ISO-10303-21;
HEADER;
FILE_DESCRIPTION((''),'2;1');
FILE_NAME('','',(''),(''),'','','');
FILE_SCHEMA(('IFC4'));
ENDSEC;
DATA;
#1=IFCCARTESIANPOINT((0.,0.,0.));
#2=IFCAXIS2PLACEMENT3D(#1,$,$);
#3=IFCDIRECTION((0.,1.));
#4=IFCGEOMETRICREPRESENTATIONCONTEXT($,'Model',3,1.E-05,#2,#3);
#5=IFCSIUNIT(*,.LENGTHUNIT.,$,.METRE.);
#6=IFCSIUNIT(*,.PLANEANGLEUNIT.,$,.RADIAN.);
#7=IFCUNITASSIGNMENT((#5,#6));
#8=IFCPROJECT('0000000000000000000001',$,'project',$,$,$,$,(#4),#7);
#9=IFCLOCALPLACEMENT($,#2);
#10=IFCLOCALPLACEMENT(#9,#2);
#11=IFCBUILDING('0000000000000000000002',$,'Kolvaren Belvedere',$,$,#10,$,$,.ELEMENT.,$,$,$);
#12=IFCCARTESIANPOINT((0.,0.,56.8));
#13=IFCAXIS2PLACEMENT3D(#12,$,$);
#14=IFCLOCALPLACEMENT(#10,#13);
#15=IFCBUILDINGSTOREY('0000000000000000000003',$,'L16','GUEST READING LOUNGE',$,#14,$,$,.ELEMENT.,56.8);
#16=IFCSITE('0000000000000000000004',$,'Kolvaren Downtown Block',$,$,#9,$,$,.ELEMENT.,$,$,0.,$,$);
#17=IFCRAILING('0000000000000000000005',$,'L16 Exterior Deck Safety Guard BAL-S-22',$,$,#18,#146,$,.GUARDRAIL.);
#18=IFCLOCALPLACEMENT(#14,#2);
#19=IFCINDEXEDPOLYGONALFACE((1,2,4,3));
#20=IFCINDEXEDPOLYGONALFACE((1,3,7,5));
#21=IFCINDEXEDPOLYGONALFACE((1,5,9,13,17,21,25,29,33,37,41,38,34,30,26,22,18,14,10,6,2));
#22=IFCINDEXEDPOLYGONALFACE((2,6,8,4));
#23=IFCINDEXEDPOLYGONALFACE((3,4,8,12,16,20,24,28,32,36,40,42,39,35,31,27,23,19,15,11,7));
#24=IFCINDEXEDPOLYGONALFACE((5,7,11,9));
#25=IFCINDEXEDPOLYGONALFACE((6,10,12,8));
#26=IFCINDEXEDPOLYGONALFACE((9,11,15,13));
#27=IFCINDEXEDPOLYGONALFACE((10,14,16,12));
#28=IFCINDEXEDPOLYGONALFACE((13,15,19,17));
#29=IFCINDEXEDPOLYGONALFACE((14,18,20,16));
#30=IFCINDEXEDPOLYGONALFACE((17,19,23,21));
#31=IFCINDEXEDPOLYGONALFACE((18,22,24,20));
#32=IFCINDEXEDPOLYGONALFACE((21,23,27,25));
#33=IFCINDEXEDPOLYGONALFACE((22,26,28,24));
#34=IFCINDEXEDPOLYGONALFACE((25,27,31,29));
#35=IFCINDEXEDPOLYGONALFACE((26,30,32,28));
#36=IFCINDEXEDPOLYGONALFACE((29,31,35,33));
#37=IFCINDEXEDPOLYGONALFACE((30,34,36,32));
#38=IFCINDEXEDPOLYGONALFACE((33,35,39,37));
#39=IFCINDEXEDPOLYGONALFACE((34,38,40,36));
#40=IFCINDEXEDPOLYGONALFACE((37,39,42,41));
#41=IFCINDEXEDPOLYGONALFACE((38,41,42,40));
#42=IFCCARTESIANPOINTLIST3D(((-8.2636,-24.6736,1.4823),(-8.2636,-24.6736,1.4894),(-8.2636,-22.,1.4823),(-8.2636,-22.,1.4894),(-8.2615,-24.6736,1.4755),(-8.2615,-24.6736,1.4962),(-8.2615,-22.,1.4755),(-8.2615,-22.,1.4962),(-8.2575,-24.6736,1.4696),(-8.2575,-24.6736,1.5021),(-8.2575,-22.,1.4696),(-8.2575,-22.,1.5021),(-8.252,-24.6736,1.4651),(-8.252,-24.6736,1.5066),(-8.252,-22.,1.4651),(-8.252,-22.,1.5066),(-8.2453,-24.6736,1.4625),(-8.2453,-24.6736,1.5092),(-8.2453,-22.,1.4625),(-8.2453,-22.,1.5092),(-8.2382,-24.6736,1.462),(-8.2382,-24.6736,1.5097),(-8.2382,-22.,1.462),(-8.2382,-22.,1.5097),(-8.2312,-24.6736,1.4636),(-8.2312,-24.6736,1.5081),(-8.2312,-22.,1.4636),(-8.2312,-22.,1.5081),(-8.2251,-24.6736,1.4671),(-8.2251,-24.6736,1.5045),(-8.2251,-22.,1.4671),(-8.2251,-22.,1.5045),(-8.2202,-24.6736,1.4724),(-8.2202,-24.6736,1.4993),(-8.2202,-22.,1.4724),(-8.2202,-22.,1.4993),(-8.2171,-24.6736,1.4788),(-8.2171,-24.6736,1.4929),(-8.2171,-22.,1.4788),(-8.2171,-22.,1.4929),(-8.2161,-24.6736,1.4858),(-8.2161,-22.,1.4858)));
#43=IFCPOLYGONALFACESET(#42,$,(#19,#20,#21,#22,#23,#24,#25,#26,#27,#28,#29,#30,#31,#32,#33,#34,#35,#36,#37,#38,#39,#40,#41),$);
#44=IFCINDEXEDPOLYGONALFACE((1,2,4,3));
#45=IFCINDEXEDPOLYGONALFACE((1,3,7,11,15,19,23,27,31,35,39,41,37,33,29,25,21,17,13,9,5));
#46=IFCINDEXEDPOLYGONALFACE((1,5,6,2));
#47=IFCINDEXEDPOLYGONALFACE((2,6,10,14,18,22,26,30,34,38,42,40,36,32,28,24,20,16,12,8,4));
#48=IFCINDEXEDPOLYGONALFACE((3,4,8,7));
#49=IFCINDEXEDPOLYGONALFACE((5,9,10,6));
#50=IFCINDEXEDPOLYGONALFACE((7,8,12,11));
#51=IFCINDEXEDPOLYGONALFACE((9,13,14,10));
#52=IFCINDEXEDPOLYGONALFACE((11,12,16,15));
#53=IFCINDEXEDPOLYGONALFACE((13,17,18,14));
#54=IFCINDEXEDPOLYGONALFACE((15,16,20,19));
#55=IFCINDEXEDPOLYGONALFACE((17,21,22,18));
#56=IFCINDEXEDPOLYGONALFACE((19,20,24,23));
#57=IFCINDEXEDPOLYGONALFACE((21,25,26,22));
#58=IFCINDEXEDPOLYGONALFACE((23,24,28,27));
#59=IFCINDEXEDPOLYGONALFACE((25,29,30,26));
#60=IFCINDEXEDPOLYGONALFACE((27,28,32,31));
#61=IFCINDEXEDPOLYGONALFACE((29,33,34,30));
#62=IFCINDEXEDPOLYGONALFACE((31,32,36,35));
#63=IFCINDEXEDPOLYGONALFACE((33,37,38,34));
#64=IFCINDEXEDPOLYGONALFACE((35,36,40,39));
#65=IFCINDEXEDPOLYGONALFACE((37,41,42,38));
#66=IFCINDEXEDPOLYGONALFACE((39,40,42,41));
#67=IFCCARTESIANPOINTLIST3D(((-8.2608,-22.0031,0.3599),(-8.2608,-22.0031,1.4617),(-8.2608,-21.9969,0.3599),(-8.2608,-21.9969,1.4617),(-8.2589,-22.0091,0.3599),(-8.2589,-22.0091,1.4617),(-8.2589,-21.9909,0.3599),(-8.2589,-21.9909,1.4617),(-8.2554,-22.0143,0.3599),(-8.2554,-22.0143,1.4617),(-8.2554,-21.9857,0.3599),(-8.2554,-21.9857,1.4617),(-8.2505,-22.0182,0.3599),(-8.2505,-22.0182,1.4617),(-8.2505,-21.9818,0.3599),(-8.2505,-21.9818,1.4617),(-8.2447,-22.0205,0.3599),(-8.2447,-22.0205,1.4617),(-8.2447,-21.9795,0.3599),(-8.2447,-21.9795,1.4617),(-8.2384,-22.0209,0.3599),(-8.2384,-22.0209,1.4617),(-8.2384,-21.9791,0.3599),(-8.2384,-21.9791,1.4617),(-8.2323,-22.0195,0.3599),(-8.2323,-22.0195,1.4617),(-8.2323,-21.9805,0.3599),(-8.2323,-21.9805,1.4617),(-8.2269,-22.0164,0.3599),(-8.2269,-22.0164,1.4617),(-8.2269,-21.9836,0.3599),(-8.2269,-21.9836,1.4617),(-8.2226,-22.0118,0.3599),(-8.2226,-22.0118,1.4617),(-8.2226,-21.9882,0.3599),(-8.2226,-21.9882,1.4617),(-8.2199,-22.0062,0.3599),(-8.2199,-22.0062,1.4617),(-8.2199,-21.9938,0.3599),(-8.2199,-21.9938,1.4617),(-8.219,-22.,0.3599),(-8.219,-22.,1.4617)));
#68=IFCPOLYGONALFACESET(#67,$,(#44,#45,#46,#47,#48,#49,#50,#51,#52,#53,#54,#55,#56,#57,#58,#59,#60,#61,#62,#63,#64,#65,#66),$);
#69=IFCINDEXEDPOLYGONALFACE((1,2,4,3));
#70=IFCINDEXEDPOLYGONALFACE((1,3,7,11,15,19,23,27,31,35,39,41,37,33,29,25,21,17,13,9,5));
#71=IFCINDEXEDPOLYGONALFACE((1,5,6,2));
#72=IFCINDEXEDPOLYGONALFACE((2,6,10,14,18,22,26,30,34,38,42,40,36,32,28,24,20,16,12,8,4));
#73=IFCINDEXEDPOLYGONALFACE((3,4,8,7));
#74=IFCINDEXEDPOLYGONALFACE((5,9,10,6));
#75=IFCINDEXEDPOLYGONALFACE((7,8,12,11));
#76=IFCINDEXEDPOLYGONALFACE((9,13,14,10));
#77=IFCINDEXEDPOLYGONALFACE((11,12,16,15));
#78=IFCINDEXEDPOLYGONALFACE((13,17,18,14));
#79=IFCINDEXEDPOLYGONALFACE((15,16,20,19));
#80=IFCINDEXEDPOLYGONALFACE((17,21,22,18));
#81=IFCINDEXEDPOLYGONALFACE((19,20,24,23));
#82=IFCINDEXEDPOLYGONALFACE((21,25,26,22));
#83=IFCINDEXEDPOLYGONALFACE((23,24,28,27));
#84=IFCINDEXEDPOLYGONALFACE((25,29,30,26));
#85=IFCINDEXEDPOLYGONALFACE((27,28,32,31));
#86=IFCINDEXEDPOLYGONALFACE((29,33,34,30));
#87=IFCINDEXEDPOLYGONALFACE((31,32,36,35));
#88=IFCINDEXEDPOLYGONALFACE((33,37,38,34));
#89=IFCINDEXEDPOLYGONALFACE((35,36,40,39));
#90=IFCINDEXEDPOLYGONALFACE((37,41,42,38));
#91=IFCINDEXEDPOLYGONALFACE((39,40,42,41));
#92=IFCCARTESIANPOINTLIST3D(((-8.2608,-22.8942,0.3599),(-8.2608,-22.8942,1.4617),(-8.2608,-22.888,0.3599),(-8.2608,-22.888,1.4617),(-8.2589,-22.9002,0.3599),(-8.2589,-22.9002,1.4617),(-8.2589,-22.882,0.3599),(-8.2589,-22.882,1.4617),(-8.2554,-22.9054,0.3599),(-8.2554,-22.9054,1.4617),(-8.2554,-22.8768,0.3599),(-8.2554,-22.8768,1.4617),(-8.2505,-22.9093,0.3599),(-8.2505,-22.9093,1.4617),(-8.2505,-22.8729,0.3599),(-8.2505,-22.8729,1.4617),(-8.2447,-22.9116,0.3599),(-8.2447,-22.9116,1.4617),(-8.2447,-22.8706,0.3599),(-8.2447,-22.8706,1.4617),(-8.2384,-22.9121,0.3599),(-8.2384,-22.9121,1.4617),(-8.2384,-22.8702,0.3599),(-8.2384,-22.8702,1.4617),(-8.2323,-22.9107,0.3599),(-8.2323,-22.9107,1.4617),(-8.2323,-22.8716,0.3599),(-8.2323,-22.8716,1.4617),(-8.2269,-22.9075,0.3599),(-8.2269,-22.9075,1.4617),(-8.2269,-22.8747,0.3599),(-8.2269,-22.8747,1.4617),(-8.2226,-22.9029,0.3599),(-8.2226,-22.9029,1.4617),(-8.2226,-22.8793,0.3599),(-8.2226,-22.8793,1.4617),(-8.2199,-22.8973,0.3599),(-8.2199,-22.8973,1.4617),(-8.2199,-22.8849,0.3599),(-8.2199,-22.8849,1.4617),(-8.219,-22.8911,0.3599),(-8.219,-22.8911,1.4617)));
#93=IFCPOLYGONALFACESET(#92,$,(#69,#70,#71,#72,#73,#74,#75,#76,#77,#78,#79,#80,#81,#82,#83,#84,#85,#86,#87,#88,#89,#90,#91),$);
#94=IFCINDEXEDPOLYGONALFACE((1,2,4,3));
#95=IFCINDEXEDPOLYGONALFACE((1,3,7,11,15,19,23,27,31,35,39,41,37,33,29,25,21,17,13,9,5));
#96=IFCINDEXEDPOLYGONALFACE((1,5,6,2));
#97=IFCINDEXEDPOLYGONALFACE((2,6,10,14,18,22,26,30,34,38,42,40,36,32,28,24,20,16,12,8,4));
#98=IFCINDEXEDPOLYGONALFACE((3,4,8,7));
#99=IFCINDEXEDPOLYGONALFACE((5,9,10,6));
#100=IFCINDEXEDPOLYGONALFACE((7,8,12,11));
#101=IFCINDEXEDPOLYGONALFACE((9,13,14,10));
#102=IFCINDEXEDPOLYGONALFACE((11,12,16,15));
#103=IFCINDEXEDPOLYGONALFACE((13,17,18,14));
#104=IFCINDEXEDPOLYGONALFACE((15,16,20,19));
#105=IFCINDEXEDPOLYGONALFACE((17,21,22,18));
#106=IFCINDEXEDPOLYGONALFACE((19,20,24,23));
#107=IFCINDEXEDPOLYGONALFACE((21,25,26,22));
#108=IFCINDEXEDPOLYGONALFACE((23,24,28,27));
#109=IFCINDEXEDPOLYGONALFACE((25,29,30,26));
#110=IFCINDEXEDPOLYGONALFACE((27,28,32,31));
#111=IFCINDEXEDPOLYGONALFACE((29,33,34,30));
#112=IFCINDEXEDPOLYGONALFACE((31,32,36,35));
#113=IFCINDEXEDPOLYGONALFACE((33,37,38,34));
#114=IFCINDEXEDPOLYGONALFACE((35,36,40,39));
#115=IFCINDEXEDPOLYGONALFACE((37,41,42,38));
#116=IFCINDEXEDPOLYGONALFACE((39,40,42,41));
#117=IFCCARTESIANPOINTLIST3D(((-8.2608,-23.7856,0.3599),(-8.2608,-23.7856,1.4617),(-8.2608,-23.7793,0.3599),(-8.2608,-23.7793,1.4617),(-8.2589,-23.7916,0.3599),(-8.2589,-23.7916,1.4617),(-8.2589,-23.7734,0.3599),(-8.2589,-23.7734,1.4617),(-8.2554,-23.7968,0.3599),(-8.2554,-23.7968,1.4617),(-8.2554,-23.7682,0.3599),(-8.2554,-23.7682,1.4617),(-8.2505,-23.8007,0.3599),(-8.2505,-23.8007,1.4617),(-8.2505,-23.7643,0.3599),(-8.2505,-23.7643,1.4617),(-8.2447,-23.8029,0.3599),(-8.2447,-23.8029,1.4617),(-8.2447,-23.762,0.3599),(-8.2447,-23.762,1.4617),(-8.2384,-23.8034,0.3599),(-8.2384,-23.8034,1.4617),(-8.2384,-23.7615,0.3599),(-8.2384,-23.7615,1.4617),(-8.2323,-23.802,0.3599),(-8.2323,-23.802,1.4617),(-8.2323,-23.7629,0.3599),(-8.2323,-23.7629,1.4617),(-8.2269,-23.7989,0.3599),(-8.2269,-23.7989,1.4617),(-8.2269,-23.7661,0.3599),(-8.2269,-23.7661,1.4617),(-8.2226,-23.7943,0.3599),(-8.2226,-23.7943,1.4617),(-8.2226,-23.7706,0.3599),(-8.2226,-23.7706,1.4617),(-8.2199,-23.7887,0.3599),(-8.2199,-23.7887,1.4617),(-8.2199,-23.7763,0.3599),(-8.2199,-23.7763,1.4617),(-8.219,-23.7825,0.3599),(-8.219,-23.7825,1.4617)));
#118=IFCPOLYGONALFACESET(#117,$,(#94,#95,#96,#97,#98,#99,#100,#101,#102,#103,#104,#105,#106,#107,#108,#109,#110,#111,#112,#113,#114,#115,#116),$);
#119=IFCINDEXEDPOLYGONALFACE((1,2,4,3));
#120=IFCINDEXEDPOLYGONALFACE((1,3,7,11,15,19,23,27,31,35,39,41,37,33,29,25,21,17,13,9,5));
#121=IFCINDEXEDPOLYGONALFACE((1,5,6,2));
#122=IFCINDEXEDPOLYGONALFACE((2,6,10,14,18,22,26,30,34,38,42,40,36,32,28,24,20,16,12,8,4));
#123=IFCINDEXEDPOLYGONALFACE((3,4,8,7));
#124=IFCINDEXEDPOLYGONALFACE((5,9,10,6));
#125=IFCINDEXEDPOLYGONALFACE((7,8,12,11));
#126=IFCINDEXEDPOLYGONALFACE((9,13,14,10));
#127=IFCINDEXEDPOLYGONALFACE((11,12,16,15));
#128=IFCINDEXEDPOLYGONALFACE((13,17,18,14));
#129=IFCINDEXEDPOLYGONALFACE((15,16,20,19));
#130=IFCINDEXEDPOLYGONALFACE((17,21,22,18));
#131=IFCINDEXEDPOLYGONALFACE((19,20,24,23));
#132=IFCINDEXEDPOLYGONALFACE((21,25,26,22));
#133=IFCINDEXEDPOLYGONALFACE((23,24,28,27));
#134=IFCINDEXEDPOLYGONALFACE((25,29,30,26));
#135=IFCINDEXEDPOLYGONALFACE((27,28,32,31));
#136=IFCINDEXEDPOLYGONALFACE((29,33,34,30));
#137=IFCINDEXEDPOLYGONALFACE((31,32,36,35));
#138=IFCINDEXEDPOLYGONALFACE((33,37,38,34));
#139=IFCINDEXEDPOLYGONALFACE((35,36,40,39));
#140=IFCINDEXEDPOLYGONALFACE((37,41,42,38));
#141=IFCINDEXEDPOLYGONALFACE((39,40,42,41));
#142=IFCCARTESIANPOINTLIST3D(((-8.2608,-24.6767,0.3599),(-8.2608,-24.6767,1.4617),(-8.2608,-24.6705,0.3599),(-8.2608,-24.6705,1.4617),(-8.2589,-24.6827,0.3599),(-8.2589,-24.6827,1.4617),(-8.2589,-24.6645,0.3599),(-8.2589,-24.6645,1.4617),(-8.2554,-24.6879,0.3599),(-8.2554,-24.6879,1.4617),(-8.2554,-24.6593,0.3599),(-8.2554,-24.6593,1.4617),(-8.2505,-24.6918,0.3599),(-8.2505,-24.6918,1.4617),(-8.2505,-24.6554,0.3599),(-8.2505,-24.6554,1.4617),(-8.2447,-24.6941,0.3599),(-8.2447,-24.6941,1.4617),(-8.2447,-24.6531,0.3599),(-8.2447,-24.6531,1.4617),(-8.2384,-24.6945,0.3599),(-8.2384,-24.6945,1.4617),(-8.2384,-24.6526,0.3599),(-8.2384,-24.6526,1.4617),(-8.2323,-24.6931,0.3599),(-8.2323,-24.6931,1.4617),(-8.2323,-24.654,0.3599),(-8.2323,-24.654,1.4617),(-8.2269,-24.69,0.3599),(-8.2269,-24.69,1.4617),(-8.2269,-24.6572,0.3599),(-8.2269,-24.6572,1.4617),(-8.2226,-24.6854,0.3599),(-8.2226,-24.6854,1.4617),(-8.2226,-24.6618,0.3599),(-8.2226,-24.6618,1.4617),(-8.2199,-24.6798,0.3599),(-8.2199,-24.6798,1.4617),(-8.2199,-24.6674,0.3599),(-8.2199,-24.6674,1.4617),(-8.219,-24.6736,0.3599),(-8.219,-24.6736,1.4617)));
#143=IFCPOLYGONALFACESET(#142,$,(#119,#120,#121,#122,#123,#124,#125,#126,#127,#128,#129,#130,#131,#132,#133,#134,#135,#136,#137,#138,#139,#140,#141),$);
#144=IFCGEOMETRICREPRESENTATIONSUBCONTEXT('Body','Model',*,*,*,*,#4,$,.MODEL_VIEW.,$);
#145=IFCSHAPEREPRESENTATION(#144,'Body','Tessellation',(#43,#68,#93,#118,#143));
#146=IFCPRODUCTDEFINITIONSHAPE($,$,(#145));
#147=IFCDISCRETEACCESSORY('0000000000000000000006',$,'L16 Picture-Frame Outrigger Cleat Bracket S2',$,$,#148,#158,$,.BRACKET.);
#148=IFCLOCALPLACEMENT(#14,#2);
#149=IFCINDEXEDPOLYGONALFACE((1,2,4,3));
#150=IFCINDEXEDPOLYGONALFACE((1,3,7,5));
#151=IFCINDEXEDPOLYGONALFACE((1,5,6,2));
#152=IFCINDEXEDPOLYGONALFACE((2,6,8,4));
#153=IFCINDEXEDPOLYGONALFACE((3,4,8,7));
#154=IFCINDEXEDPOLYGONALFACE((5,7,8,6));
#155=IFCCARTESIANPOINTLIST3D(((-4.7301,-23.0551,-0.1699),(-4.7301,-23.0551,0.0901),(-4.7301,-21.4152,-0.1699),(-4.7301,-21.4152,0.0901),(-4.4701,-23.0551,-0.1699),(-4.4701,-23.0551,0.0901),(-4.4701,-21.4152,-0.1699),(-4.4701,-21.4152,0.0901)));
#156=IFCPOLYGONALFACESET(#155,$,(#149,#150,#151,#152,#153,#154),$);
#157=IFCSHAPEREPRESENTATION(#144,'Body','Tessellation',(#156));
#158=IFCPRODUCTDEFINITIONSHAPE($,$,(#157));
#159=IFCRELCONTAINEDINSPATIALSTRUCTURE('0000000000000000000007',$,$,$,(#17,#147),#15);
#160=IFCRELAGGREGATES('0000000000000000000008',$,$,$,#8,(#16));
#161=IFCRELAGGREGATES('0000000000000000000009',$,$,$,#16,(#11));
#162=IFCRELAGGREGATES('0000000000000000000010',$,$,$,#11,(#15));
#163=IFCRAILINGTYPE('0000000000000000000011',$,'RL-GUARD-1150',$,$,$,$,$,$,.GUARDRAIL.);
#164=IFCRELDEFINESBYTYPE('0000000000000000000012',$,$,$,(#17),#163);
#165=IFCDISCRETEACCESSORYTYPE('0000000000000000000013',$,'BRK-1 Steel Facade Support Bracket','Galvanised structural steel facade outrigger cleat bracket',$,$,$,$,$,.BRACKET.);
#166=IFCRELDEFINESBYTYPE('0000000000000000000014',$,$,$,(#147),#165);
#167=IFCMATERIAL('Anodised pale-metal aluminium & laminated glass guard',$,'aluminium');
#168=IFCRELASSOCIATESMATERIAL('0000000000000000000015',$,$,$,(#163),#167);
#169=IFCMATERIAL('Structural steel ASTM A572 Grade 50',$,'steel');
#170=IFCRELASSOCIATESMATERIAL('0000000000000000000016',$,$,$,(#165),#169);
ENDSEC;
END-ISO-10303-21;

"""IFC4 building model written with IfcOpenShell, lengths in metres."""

from ifc_helpers import new_model, si_unit, direction, frame, origin, origin_2d, place, context, subcontext, project, spatial, rectangle, circle, extrude, material, type_object, element, save


model = new_model("IFC4")

# Units and contexts
model_context = context("Model", 3, precision=1e-05, world=origin(), true_north=direction((0.0, 1.0)))
body_context = subcontext(model_context, "Body", "Model", "MODEL_VIEW")
ifc_project = project(units=[si_unit("LENGTHUNIT", "METRE"), si_unit("PLANEANGLEUNIT", "RADIAN")], contexts=[model_context])

# Site, building, storey
site_placement = place(None, origin())
site = spatial("IfcSite", under=ifc_project, at=site_placement, Name="Kolvaren Downtown Block", CompositionType="ELEMENT", RefElevation=0.0)
building_placement = place(site_placement, origin())
building = spatial("IfcBuilding", under=site, at=building_placement, Name="Kolvaren Belvedere", CompositionType="ELEMENT")
storey_placement = place(building_placement, frame((0.0, 0.0, 56.8)))
storey = spatial("IfcBuildingStorey", under=building, at=storey_placement, Name="L16", Description="GUEST READING LOUNGE", CompositionType="ELEMENT", Elevation=56.8)

# Railing
ifc_material_1 = material(Name="Anodised pale-metal aluminium & laminated glass guard", Category="aluminium")
railing_type = type_object("IfcRailingType", Name="RL-GUARD-1150", PredefinedType="GUARDRAIL", material=ifc_material_1)
railing_1_placement = place(storey_placement, frame((-8.24, -22.0, 0.3599)))
element("IfcRailing", 1, at=railing_1_placement, inside=storey, type_object=railing_type, Name="L16 Exterior Deck Safety Guard BAL-S-22", PredefinedType="GUARDRAIL", context=body_context, shape_type="SweptSolid", body=[
    extrude(circle(Radius=0.0239, at=origin_2d()), frame((0.0, 0.0, 1.126), z_axis=(0.0, -1.0, 0.0), x_axis=(1.0, 0.0, 0.0)), (0.0, 0.0, 1.0), 2.6736),
    extrude(circle(Radius=0.021, at=origin_2d()), origin(), (0.0, 0.0, 1.0), 1.1018),
    extrude(circle(Radius=0.021, at=origin_2d()), frame((0.0, -0.8911, 0.0)), (0.0, 0.0, 1.0), 1.1018),
    extrude(circle(Radius=0.021, at=origin_2d()), frame((0.0, -1.7825, 0.0)), (0.0, 0.0, 1.0), 1.1018),
    extrude(circle(Radius=0.021, at=origin_2d()), frame((0.0, -2.6736, 0.0)), (0.0, 0.0, 1.0), 1.1018),
])

# Discrete accessory
ifc_material_2 = material(Name="Structural steel ASTM A572 Grade 50", Category="steel")
discrete_accessory_type = type_object("IfcDiscreteAccessoryType", Name="BRK-1 Steel Facade Support Bracket", Description="Galvanised structural steel facade outrigger cleat bracket", PredefinedType="BRACKET", material=ifc_material_2)
discrete_accessory_placement = place(storey_placement, frame((-4.6001, -22.2351, -0.1699), z_axis=(0.0, 0.0, 1.0), x_axis=(0.0, 1.0, 0.0)))
element("IfcDiscreteAccessory", 2, at=discrete_accessory_placement, inside=storey, type_object=discrete_accessory_type, Name="L16 Picture-Frame Outrigger Cleat Bracket S2", PredefinedType="BRACKET", context=body_context, shape_type="SweptSolid", body=[
    extrude(rectangle(XDim=1.6399, YDim=0.26, at=origin_2d()), origin(), (0.0, 0.0, 1.0), 0.26),
])

save(model, "model.ifc")
